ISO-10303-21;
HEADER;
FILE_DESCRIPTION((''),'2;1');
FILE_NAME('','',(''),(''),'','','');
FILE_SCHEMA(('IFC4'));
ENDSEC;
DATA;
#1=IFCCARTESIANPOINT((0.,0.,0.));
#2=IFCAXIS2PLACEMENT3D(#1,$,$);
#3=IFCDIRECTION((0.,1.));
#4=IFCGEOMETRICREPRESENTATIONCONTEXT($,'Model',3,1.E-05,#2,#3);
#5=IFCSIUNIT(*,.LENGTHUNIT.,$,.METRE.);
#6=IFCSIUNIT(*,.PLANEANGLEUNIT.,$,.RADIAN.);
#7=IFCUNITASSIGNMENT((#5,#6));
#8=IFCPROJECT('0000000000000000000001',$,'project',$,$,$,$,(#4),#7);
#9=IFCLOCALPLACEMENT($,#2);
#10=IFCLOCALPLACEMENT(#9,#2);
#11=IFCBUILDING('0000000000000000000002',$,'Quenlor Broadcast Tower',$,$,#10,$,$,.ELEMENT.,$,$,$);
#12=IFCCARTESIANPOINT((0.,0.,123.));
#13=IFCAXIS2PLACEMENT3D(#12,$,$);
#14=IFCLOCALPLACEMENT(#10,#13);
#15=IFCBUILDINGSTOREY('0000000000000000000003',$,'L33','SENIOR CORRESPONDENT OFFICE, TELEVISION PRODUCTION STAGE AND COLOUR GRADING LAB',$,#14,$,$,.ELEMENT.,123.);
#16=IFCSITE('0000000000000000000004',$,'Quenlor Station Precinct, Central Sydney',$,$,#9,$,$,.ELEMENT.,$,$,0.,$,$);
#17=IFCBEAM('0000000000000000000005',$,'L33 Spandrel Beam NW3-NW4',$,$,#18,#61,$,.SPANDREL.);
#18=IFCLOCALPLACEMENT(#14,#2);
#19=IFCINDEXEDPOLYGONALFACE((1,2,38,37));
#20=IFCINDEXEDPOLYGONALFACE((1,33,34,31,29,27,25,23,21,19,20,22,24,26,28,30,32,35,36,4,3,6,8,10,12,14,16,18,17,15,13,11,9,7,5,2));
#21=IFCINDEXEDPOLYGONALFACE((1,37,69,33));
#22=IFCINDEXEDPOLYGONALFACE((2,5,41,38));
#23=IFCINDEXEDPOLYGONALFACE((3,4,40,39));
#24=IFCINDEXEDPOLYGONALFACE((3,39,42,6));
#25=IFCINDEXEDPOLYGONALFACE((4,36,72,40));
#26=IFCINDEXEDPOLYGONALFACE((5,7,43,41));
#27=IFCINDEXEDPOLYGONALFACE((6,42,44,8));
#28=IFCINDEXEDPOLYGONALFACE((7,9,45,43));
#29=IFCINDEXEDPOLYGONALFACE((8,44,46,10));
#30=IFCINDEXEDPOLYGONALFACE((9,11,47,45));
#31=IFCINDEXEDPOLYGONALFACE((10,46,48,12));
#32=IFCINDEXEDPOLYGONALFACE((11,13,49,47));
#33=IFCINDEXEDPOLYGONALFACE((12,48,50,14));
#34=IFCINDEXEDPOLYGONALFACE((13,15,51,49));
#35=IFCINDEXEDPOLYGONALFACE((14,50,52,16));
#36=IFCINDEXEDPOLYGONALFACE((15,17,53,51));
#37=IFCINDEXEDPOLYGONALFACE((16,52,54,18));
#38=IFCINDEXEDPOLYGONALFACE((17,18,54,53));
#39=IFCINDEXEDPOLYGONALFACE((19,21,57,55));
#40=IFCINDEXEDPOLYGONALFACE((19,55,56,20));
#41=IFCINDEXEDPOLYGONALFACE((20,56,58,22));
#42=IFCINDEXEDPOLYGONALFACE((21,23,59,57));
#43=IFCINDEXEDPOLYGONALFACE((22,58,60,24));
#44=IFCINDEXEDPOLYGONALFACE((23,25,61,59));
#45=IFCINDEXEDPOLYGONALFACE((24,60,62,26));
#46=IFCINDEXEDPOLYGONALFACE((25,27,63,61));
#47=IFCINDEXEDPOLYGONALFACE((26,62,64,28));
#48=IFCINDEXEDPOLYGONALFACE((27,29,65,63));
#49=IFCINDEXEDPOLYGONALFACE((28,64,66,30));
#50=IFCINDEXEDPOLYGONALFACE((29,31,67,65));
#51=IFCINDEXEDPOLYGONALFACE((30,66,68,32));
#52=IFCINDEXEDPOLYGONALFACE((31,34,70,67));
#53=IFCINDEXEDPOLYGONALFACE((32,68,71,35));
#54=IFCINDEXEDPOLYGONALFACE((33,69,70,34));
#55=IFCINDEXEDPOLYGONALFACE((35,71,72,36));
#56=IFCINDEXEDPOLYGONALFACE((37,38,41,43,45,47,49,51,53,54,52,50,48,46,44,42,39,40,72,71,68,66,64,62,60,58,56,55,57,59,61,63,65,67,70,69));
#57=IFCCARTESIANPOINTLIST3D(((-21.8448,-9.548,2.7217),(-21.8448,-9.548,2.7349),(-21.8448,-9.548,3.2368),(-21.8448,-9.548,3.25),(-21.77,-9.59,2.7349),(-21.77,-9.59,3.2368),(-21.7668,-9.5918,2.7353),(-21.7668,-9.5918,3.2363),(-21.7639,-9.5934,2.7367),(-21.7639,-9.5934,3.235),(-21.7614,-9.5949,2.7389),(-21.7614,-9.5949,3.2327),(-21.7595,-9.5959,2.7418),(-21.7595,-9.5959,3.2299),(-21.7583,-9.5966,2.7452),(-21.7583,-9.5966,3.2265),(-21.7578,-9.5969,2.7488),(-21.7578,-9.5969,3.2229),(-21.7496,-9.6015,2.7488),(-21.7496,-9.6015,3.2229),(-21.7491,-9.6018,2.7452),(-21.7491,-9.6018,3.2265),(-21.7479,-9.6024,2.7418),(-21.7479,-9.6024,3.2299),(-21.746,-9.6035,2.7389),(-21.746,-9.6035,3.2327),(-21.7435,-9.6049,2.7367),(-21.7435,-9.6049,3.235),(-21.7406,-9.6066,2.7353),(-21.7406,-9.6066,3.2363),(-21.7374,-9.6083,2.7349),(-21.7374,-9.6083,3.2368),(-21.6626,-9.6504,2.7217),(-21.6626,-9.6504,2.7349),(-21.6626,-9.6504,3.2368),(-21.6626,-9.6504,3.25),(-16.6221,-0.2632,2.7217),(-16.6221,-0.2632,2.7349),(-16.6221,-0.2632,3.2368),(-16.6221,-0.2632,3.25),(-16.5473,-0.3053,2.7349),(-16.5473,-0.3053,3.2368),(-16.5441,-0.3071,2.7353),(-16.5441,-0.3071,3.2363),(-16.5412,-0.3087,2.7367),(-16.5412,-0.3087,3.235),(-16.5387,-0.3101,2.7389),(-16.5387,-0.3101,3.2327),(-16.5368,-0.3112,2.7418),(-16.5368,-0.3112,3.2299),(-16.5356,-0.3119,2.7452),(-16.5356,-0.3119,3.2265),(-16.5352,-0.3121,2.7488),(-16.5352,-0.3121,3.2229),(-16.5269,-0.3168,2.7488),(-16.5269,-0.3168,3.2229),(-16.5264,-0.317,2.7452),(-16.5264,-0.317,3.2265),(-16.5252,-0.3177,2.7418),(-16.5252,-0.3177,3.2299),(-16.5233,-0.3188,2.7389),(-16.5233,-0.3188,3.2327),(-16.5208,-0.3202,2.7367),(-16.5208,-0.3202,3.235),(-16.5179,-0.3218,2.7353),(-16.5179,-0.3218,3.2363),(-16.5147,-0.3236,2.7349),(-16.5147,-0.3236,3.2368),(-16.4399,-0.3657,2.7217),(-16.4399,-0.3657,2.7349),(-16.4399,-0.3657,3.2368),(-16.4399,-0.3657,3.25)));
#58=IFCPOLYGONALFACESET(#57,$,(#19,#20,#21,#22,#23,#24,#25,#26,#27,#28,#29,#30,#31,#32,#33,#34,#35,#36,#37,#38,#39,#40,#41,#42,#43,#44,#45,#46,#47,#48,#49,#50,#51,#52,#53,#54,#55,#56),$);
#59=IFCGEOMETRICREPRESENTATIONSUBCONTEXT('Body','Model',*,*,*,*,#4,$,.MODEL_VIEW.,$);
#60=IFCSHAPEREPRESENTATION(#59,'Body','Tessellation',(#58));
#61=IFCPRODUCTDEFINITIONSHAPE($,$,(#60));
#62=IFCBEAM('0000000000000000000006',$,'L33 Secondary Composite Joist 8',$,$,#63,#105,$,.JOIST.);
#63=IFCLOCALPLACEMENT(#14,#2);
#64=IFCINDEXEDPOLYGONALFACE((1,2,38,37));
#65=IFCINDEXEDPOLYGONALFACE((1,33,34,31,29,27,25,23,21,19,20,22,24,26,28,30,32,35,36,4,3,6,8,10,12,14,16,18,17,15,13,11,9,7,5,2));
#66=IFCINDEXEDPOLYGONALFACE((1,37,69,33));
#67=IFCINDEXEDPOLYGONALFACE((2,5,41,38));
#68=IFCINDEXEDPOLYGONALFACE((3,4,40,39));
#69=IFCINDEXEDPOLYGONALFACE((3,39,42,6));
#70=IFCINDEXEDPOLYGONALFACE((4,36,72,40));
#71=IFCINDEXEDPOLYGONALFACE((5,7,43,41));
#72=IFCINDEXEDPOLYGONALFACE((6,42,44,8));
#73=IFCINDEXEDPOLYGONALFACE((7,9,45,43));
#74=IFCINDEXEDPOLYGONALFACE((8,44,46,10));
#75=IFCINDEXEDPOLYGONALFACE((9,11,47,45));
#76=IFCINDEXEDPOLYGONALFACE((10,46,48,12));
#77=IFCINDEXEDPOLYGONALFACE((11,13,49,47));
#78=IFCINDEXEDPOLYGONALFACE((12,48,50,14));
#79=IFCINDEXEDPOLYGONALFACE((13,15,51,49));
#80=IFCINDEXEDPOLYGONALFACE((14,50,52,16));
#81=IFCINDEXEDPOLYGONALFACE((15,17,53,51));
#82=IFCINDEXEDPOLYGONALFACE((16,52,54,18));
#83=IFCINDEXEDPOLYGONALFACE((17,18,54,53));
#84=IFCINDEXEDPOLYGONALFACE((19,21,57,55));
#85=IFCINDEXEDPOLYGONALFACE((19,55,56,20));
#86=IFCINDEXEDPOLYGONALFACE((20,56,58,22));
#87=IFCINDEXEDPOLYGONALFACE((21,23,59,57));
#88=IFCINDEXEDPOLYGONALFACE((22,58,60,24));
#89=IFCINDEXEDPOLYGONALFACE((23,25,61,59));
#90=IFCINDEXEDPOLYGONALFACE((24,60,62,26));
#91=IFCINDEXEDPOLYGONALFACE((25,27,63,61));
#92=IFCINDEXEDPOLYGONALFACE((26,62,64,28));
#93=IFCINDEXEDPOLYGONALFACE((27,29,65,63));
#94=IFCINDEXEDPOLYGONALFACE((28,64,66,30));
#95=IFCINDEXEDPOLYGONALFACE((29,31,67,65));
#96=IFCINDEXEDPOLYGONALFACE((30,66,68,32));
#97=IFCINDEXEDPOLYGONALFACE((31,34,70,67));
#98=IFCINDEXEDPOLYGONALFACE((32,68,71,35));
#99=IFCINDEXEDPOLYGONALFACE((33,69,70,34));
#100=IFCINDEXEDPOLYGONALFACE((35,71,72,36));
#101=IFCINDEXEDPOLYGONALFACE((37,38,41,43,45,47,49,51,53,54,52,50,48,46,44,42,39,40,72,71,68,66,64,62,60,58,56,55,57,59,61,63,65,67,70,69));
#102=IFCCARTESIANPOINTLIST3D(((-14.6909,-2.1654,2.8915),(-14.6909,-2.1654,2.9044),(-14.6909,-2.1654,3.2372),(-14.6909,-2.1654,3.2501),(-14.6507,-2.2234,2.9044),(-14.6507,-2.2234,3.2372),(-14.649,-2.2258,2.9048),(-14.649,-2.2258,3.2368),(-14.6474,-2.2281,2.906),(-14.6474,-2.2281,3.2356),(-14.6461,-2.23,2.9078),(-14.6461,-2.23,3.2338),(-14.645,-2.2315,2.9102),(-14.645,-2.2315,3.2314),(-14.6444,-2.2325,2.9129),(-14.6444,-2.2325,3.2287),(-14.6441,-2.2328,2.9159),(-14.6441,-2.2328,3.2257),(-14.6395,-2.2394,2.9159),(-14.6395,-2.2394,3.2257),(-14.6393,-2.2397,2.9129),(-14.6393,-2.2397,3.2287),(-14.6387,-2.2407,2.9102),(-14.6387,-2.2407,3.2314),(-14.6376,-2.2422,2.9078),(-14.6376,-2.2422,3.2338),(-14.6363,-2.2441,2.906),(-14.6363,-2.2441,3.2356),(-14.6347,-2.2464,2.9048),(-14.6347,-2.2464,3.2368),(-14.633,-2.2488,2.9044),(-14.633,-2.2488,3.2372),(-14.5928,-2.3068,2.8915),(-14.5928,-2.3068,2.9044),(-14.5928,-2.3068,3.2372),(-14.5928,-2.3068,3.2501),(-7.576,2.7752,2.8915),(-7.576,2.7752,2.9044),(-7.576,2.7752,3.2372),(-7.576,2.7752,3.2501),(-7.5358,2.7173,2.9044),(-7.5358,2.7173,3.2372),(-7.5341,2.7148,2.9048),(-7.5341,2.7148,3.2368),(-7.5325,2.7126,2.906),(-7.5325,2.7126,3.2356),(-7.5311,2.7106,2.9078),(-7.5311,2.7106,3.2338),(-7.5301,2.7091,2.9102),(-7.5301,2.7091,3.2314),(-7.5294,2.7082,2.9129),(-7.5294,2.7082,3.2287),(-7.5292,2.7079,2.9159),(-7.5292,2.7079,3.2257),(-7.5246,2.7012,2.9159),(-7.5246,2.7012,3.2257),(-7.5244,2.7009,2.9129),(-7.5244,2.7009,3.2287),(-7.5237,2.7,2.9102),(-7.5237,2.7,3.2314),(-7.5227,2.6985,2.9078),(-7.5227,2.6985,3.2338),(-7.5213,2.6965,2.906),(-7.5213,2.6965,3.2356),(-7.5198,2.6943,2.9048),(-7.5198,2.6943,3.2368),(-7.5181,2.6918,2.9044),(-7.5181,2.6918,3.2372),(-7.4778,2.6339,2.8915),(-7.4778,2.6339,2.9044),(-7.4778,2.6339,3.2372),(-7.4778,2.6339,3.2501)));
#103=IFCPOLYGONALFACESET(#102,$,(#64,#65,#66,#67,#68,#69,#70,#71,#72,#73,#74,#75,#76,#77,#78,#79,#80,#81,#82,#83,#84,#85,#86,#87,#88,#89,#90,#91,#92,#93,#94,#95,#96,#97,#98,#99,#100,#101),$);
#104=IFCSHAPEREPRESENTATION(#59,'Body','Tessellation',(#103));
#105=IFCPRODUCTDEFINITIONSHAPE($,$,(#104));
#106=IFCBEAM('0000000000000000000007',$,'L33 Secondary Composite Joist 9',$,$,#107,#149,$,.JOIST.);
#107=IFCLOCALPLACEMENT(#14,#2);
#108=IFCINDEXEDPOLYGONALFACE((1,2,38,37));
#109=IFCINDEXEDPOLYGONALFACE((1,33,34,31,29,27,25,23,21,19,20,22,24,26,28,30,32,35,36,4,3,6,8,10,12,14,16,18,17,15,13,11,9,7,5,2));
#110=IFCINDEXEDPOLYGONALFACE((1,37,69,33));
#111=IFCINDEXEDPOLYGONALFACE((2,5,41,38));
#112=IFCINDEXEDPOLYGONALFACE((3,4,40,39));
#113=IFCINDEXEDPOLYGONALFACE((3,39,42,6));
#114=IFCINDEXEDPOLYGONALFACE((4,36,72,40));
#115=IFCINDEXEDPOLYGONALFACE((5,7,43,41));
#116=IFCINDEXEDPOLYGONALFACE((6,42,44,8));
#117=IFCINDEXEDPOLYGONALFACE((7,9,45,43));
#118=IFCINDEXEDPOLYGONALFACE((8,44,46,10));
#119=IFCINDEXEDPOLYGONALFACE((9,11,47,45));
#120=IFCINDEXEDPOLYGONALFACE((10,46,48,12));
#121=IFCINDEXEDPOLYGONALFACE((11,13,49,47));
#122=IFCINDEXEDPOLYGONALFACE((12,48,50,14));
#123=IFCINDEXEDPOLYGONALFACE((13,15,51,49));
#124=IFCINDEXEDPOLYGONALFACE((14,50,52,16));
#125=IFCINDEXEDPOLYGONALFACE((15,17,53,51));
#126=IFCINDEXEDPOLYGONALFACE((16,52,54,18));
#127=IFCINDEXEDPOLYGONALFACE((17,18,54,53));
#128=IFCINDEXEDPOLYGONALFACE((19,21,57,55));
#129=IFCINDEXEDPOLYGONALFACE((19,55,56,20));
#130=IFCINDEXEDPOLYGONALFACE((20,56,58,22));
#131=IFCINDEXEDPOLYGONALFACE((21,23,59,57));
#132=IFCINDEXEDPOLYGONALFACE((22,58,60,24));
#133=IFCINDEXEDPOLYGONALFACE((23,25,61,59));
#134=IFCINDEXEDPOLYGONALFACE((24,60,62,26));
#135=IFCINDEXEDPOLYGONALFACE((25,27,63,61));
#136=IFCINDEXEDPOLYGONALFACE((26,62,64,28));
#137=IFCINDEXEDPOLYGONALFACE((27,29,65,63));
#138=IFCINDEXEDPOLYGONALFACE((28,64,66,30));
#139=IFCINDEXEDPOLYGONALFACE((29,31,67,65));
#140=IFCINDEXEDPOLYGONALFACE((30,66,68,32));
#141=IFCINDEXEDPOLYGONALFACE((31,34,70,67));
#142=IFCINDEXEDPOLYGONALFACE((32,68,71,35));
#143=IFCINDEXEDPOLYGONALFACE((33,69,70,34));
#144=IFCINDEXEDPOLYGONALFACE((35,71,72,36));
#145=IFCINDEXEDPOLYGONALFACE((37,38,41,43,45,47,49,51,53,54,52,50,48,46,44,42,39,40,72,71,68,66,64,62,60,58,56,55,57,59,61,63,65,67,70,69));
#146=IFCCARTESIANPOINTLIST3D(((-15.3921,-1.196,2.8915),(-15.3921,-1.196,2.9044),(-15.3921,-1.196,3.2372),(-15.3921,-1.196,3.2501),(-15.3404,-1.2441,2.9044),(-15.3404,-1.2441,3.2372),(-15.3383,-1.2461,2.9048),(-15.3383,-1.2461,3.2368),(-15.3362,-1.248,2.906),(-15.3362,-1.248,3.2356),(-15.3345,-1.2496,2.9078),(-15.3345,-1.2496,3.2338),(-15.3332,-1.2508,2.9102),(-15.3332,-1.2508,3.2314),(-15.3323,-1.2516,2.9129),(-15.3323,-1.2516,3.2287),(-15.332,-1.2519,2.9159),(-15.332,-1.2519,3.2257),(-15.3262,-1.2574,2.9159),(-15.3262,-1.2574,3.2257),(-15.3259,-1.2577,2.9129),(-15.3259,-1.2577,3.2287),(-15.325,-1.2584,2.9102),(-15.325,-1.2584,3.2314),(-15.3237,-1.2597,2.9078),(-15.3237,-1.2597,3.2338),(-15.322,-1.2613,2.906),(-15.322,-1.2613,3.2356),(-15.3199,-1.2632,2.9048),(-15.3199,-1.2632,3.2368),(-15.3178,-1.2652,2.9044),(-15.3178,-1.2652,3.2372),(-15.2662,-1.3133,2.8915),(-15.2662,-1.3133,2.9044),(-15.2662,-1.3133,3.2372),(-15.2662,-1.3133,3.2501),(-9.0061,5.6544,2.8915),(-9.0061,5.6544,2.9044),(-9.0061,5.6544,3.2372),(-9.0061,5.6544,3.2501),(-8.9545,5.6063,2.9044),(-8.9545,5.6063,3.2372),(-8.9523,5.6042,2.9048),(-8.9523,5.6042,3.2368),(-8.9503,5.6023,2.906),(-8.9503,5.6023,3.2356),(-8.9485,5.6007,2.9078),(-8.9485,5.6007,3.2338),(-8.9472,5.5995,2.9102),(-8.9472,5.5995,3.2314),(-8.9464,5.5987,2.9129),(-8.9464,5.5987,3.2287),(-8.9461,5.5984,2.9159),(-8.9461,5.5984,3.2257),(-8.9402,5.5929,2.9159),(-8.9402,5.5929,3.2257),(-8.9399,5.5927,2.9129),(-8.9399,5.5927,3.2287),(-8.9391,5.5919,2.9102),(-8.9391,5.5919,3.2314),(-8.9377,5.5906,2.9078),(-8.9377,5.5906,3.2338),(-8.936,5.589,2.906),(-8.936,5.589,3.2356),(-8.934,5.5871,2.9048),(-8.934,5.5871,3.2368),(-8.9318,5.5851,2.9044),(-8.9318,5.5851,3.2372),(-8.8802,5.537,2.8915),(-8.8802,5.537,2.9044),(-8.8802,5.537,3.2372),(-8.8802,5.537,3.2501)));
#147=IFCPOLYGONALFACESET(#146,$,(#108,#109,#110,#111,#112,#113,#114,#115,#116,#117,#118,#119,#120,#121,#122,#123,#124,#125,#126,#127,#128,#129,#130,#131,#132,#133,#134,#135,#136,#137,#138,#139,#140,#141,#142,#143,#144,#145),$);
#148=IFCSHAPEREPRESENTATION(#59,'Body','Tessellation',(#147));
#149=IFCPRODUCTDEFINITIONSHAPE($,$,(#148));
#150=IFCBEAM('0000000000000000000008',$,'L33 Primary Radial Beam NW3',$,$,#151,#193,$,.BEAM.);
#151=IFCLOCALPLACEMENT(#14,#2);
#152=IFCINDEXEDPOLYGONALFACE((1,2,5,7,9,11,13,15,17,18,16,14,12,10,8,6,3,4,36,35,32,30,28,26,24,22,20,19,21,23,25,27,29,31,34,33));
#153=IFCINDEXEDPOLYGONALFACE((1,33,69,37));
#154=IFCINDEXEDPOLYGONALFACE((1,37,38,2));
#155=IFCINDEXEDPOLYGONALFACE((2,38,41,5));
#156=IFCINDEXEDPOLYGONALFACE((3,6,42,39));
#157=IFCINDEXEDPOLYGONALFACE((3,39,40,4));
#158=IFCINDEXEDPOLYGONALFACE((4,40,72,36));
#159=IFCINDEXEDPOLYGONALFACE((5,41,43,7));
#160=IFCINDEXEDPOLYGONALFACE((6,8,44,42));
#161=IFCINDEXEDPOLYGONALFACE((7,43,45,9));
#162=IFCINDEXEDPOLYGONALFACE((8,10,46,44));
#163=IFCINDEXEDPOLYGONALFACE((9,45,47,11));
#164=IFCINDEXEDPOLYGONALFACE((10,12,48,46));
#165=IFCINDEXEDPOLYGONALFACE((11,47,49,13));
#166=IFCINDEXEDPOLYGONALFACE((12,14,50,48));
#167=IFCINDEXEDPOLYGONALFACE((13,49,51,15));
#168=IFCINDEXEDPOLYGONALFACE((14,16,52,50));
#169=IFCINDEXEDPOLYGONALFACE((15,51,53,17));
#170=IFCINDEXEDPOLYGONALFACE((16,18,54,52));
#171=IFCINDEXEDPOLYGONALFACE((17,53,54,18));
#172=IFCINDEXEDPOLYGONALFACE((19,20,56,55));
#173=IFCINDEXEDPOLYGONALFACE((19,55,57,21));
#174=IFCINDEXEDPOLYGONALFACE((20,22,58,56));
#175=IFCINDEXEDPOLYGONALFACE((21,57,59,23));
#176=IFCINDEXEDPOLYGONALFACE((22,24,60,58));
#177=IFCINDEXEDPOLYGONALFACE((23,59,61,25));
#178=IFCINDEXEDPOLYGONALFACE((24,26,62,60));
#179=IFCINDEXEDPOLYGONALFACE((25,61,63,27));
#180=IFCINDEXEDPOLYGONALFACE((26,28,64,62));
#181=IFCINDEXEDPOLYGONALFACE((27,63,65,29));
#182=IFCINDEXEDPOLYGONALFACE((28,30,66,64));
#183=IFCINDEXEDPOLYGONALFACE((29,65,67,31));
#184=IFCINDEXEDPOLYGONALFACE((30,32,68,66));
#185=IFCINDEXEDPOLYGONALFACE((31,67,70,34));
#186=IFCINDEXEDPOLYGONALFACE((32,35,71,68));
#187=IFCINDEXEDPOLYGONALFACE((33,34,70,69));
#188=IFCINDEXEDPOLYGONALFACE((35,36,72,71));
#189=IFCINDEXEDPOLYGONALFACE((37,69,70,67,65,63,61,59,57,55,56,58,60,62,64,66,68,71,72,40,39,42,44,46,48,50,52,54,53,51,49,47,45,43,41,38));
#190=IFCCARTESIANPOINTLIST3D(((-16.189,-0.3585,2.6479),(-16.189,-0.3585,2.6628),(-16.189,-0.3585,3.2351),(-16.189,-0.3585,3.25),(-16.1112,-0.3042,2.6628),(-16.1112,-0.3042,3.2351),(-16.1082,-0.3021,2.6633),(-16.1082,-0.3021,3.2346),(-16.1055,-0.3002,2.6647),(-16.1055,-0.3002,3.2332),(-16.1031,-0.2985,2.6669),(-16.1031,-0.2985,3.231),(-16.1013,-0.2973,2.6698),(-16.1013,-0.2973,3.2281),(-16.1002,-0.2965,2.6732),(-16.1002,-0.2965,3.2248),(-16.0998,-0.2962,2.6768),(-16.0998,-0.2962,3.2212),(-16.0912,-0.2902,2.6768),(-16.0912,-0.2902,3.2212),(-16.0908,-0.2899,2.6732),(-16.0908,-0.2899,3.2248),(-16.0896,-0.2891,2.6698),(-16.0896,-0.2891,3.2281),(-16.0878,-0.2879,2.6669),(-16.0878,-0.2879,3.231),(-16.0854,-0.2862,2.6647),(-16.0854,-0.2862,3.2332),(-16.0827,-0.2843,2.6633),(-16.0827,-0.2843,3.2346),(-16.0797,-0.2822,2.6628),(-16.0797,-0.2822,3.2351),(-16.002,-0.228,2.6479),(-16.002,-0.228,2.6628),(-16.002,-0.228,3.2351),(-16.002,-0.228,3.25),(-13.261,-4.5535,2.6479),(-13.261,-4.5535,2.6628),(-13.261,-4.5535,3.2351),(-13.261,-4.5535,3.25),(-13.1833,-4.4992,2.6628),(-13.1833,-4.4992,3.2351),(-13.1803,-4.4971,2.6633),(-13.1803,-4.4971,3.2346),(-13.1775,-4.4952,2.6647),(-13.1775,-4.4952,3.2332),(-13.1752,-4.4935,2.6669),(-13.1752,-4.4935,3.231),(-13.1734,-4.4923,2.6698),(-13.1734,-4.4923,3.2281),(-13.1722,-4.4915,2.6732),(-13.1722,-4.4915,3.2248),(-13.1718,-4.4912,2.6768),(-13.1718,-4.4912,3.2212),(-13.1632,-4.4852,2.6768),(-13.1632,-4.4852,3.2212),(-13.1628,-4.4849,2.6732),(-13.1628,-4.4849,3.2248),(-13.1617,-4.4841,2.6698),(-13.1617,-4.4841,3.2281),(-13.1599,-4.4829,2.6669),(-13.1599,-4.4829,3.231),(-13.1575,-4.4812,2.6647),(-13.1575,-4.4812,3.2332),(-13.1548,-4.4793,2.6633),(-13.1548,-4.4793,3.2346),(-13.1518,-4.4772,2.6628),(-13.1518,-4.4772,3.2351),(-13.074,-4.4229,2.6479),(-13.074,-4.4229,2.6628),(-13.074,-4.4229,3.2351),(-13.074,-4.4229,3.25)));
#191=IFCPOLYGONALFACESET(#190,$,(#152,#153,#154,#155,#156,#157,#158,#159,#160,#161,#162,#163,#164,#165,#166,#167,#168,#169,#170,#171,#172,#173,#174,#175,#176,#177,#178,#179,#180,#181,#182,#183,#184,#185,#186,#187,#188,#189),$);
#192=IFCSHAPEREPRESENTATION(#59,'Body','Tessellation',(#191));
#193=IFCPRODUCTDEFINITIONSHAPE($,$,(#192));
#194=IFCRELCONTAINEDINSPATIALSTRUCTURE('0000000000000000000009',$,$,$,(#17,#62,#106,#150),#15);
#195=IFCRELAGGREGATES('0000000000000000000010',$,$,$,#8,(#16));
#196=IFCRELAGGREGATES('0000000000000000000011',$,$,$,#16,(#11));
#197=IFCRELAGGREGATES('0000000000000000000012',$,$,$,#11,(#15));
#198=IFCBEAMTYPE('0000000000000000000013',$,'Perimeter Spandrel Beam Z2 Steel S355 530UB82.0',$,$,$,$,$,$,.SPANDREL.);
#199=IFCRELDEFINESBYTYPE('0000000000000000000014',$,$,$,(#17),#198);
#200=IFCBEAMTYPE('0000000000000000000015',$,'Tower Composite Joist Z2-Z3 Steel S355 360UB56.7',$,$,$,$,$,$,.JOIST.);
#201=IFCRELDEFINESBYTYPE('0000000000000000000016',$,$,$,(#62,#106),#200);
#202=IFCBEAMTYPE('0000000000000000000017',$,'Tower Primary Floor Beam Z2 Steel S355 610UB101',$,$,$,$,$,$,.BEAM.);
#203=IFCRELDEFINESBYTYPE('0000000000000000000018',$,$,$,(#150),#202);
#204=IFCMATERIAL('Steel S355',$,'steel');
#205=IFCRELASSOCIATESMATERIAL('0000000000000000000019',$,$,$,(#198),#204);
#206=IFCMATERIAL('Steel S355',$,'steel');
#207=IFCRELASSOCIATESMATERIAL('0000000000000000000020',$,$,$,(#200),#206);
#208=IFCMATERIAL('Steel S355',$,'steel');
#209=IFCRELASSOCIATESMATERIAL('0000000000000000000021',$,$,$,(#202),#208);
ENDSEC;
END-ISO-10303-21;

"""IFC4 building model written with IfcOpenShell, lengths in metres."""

from ifc_helpers import new_model, si_unit, direction, frame, origin, origin_2d, place, context, subcontext, project, spatial, i_section, extrude, material, material_profile, profile_set, type_object, element, save


model = new_model("IFC4")

# Units and contexts
model_context = context("Model", 3, precision=1e-05, world=origin(), true_north=direction((0.0, 1.0)))
body_context = subcontext(model_context, "Body", "Model", "MODEL_VIEW")
ifc_project = project(units=[si_unit("LENGTHUNIT", "METRE"), si_unit("PLANEANGLEUNIT", "RADIAN")], contexts=[model_context])

# Site, building, storey
site_placement = place(None, origin())
site = spatial("IfcSite", under=ifc_project, at=site_placement, Name="Quenlor Station Precinct, Central Sydney", CompositionType="ELEMENT", RefElevation=0.0)
building_placement = place(site_placement, origin())
building = spatial("IfcBuilding", under=site, at=building_placement, Name="Quenlor Broadcast Tower", CompositionType="ELEMENT")
storey_placement = place(building_placement, frame((0.0, 0.0, 123.0)))
storey = spatial("IfcBuildingStorey", under=building, at=storey_placement, Name="L33", Description="SENIOR CORRESPONDENT OFFICE, TELEVISION PRODUCTION STAGE AND COLOUR GRADING LAB", CompositionType="ELEMENT", Elevation=123.0)

# Beams
ifc_material_1 = material(Name="Steel S355", Category="steel")
ifc_material_profile_1 = material_profile(ifc_material_1, i_section(OverallWidth=0.209, OverallDepth=0.5283, WebThickness=0.0095, FlangeThickness=0.0132, FilletRadius=0.0139, at=origin_2d()))
ifc_profile_set_1 = profile_set([ifc_material_profile_1], Name="Steel S355 530UB82.0")
beam_type_1 = type_object("IfcBeamType", Name="Perimeter Spandrel Beam Z2 Steel S355 530UB82.0", PredefinedType="SPANDREL", material=ifc_profile_set_1)
beam_1_placement = place(storey_placement, frame((-16.531, -0.3145, 2.9858), z_axis=(-0.490263, -0.871574, 0.0), x_axis=(0.871574, -0.490263, 0.0)))
element("IfcBeam", 1, at=beam_1_placement, inside=storey, type_object=beam_type_1, Name="L33 Spandrel Beam NW3-NW4", PredefinedType="SPANDREL", context=body_context, shape_type="SweptSolid", body=[
    extrude(i_section(OverallWidth=0.209, OverallDepth=0.5283, WebThickness=0.0095, FlangeThickness=0.0132, FilletRadius=0.0139, at=origin_2d()), origin(), (0.0, 0.0, 1.0), 10.6528),
])
ifc_material_2 = material(Name="Steel S355", Category="steel")
ifc_material_profile_2 = material_profile(ifc_material_2, i_section(OverallWidth=0.1721, OverallDepth=0.3586, WebThickness=0.0081, FlangeThickness=0.0129, FilletRadius=0.0115, at=origin_2d()))
ifc_profile_set_2 = profile_set([ifc_material_profile_2], Name="Steel S355 360UB56.7")
beam_type_2 = type_object("IfcBeamType", Name="Tower Composite Joist Z2-Z3 Steel S355 360UB56.7", PredefinedType="JOIST", material=ifc_profile_set_2)
beam_2_placement = place(storey_placement, frame((-14.6418, -2.2361, 3.0708), z_axis=(0.821386, 0.570373, 0.0), x_axis=(-0.570373, 0.821386, 0.0)))
element("IfcBeam", 2, at=beam_2_placement, inside=storey, type_object=beam_type_2, Name="L33 Secondary Composite Joist 8", PredefinedType="JOIST", context=body_context, shape_type="SweptSolid", body=[
    extrude(i_section(OverallWidth=0.1721, OverallDepth=0.3586, WebThickness=0.0081, FlangeThickness=0.0129, FilletRadius=0.0115, at=origin_2d()), origin(), (0.0, 0.0, 1.0), 8.6621),
])
beam_3_placement = place(storey_placement, frame((-15.3291, -1.2546, 3.0708), z_axis=(0.681881, 0.731463, 0.0), x_axis=(-0.731463, 0.681881, 0.0)))
element("IfcBeam", 3, at=beam_3_placement, inside=storey, type_object=beam_type_2, Name="L33 Secondary Composite Joist 9", PredefinedType="JOIST", context=body_context, shape_type="SweptSolid", body=[
    extrude(i_section(OverallWidth=0.1721, OverallDepth=0.3586, WebThickness=0.0081, FlangeThickness=0.0129, FilletRadius=0.0115, at=origin_2d()), origin(), (0.0, 0.0, 1.0), 9.3652),
])
ifc_material_3 = material(Name="Steel S355", Category="steel")
ifc_material_profile_3 = material_profile(ifc_material_3, i_section(OverallWidth=0.228, OverallDepth=0.6021, WebThickness=0.0105, FlangeThickness=0.0149, FilletRadius=0.0139, at=origin_2d()))
ifc_profile_set_3 = profile_set([ifc_material_profile_3], Name="Steel S355 610UB101")
beam_type_3 = type_object("IfcBeamType", Name="Tower Primary Floor Beam Z2 Steel S355 610UB101", PredefinedType="BEAM", material=ifc_profile_set_3)
beam_4_placement = place(storey_placement, frame((-16.0955, -0.2932, 2.949), z_axis=(0.572338, -0.820018, 0.0), x_axis=(0.820018, 0.572338, 0.0)))
element("IfcBeam", 4, at=beam_4_placement, inside=storey, type_object=beam_type_3, Name="L33 Primary Radial Beam NW3", PredefinedType="BEAM", context=body_context, shape_type="SweptSolid", body=[
    extrude(i_section(OverallWidth=0.228, OverallDepth=0.6021, WebThickness=0.0105, FlangeThickness=0.0149, FilletRadius=0.0139, at=origin_2d()), origin(), (0.0, 0.0, 1.0), 5.1157),
])

save(model, "model.ifc")
